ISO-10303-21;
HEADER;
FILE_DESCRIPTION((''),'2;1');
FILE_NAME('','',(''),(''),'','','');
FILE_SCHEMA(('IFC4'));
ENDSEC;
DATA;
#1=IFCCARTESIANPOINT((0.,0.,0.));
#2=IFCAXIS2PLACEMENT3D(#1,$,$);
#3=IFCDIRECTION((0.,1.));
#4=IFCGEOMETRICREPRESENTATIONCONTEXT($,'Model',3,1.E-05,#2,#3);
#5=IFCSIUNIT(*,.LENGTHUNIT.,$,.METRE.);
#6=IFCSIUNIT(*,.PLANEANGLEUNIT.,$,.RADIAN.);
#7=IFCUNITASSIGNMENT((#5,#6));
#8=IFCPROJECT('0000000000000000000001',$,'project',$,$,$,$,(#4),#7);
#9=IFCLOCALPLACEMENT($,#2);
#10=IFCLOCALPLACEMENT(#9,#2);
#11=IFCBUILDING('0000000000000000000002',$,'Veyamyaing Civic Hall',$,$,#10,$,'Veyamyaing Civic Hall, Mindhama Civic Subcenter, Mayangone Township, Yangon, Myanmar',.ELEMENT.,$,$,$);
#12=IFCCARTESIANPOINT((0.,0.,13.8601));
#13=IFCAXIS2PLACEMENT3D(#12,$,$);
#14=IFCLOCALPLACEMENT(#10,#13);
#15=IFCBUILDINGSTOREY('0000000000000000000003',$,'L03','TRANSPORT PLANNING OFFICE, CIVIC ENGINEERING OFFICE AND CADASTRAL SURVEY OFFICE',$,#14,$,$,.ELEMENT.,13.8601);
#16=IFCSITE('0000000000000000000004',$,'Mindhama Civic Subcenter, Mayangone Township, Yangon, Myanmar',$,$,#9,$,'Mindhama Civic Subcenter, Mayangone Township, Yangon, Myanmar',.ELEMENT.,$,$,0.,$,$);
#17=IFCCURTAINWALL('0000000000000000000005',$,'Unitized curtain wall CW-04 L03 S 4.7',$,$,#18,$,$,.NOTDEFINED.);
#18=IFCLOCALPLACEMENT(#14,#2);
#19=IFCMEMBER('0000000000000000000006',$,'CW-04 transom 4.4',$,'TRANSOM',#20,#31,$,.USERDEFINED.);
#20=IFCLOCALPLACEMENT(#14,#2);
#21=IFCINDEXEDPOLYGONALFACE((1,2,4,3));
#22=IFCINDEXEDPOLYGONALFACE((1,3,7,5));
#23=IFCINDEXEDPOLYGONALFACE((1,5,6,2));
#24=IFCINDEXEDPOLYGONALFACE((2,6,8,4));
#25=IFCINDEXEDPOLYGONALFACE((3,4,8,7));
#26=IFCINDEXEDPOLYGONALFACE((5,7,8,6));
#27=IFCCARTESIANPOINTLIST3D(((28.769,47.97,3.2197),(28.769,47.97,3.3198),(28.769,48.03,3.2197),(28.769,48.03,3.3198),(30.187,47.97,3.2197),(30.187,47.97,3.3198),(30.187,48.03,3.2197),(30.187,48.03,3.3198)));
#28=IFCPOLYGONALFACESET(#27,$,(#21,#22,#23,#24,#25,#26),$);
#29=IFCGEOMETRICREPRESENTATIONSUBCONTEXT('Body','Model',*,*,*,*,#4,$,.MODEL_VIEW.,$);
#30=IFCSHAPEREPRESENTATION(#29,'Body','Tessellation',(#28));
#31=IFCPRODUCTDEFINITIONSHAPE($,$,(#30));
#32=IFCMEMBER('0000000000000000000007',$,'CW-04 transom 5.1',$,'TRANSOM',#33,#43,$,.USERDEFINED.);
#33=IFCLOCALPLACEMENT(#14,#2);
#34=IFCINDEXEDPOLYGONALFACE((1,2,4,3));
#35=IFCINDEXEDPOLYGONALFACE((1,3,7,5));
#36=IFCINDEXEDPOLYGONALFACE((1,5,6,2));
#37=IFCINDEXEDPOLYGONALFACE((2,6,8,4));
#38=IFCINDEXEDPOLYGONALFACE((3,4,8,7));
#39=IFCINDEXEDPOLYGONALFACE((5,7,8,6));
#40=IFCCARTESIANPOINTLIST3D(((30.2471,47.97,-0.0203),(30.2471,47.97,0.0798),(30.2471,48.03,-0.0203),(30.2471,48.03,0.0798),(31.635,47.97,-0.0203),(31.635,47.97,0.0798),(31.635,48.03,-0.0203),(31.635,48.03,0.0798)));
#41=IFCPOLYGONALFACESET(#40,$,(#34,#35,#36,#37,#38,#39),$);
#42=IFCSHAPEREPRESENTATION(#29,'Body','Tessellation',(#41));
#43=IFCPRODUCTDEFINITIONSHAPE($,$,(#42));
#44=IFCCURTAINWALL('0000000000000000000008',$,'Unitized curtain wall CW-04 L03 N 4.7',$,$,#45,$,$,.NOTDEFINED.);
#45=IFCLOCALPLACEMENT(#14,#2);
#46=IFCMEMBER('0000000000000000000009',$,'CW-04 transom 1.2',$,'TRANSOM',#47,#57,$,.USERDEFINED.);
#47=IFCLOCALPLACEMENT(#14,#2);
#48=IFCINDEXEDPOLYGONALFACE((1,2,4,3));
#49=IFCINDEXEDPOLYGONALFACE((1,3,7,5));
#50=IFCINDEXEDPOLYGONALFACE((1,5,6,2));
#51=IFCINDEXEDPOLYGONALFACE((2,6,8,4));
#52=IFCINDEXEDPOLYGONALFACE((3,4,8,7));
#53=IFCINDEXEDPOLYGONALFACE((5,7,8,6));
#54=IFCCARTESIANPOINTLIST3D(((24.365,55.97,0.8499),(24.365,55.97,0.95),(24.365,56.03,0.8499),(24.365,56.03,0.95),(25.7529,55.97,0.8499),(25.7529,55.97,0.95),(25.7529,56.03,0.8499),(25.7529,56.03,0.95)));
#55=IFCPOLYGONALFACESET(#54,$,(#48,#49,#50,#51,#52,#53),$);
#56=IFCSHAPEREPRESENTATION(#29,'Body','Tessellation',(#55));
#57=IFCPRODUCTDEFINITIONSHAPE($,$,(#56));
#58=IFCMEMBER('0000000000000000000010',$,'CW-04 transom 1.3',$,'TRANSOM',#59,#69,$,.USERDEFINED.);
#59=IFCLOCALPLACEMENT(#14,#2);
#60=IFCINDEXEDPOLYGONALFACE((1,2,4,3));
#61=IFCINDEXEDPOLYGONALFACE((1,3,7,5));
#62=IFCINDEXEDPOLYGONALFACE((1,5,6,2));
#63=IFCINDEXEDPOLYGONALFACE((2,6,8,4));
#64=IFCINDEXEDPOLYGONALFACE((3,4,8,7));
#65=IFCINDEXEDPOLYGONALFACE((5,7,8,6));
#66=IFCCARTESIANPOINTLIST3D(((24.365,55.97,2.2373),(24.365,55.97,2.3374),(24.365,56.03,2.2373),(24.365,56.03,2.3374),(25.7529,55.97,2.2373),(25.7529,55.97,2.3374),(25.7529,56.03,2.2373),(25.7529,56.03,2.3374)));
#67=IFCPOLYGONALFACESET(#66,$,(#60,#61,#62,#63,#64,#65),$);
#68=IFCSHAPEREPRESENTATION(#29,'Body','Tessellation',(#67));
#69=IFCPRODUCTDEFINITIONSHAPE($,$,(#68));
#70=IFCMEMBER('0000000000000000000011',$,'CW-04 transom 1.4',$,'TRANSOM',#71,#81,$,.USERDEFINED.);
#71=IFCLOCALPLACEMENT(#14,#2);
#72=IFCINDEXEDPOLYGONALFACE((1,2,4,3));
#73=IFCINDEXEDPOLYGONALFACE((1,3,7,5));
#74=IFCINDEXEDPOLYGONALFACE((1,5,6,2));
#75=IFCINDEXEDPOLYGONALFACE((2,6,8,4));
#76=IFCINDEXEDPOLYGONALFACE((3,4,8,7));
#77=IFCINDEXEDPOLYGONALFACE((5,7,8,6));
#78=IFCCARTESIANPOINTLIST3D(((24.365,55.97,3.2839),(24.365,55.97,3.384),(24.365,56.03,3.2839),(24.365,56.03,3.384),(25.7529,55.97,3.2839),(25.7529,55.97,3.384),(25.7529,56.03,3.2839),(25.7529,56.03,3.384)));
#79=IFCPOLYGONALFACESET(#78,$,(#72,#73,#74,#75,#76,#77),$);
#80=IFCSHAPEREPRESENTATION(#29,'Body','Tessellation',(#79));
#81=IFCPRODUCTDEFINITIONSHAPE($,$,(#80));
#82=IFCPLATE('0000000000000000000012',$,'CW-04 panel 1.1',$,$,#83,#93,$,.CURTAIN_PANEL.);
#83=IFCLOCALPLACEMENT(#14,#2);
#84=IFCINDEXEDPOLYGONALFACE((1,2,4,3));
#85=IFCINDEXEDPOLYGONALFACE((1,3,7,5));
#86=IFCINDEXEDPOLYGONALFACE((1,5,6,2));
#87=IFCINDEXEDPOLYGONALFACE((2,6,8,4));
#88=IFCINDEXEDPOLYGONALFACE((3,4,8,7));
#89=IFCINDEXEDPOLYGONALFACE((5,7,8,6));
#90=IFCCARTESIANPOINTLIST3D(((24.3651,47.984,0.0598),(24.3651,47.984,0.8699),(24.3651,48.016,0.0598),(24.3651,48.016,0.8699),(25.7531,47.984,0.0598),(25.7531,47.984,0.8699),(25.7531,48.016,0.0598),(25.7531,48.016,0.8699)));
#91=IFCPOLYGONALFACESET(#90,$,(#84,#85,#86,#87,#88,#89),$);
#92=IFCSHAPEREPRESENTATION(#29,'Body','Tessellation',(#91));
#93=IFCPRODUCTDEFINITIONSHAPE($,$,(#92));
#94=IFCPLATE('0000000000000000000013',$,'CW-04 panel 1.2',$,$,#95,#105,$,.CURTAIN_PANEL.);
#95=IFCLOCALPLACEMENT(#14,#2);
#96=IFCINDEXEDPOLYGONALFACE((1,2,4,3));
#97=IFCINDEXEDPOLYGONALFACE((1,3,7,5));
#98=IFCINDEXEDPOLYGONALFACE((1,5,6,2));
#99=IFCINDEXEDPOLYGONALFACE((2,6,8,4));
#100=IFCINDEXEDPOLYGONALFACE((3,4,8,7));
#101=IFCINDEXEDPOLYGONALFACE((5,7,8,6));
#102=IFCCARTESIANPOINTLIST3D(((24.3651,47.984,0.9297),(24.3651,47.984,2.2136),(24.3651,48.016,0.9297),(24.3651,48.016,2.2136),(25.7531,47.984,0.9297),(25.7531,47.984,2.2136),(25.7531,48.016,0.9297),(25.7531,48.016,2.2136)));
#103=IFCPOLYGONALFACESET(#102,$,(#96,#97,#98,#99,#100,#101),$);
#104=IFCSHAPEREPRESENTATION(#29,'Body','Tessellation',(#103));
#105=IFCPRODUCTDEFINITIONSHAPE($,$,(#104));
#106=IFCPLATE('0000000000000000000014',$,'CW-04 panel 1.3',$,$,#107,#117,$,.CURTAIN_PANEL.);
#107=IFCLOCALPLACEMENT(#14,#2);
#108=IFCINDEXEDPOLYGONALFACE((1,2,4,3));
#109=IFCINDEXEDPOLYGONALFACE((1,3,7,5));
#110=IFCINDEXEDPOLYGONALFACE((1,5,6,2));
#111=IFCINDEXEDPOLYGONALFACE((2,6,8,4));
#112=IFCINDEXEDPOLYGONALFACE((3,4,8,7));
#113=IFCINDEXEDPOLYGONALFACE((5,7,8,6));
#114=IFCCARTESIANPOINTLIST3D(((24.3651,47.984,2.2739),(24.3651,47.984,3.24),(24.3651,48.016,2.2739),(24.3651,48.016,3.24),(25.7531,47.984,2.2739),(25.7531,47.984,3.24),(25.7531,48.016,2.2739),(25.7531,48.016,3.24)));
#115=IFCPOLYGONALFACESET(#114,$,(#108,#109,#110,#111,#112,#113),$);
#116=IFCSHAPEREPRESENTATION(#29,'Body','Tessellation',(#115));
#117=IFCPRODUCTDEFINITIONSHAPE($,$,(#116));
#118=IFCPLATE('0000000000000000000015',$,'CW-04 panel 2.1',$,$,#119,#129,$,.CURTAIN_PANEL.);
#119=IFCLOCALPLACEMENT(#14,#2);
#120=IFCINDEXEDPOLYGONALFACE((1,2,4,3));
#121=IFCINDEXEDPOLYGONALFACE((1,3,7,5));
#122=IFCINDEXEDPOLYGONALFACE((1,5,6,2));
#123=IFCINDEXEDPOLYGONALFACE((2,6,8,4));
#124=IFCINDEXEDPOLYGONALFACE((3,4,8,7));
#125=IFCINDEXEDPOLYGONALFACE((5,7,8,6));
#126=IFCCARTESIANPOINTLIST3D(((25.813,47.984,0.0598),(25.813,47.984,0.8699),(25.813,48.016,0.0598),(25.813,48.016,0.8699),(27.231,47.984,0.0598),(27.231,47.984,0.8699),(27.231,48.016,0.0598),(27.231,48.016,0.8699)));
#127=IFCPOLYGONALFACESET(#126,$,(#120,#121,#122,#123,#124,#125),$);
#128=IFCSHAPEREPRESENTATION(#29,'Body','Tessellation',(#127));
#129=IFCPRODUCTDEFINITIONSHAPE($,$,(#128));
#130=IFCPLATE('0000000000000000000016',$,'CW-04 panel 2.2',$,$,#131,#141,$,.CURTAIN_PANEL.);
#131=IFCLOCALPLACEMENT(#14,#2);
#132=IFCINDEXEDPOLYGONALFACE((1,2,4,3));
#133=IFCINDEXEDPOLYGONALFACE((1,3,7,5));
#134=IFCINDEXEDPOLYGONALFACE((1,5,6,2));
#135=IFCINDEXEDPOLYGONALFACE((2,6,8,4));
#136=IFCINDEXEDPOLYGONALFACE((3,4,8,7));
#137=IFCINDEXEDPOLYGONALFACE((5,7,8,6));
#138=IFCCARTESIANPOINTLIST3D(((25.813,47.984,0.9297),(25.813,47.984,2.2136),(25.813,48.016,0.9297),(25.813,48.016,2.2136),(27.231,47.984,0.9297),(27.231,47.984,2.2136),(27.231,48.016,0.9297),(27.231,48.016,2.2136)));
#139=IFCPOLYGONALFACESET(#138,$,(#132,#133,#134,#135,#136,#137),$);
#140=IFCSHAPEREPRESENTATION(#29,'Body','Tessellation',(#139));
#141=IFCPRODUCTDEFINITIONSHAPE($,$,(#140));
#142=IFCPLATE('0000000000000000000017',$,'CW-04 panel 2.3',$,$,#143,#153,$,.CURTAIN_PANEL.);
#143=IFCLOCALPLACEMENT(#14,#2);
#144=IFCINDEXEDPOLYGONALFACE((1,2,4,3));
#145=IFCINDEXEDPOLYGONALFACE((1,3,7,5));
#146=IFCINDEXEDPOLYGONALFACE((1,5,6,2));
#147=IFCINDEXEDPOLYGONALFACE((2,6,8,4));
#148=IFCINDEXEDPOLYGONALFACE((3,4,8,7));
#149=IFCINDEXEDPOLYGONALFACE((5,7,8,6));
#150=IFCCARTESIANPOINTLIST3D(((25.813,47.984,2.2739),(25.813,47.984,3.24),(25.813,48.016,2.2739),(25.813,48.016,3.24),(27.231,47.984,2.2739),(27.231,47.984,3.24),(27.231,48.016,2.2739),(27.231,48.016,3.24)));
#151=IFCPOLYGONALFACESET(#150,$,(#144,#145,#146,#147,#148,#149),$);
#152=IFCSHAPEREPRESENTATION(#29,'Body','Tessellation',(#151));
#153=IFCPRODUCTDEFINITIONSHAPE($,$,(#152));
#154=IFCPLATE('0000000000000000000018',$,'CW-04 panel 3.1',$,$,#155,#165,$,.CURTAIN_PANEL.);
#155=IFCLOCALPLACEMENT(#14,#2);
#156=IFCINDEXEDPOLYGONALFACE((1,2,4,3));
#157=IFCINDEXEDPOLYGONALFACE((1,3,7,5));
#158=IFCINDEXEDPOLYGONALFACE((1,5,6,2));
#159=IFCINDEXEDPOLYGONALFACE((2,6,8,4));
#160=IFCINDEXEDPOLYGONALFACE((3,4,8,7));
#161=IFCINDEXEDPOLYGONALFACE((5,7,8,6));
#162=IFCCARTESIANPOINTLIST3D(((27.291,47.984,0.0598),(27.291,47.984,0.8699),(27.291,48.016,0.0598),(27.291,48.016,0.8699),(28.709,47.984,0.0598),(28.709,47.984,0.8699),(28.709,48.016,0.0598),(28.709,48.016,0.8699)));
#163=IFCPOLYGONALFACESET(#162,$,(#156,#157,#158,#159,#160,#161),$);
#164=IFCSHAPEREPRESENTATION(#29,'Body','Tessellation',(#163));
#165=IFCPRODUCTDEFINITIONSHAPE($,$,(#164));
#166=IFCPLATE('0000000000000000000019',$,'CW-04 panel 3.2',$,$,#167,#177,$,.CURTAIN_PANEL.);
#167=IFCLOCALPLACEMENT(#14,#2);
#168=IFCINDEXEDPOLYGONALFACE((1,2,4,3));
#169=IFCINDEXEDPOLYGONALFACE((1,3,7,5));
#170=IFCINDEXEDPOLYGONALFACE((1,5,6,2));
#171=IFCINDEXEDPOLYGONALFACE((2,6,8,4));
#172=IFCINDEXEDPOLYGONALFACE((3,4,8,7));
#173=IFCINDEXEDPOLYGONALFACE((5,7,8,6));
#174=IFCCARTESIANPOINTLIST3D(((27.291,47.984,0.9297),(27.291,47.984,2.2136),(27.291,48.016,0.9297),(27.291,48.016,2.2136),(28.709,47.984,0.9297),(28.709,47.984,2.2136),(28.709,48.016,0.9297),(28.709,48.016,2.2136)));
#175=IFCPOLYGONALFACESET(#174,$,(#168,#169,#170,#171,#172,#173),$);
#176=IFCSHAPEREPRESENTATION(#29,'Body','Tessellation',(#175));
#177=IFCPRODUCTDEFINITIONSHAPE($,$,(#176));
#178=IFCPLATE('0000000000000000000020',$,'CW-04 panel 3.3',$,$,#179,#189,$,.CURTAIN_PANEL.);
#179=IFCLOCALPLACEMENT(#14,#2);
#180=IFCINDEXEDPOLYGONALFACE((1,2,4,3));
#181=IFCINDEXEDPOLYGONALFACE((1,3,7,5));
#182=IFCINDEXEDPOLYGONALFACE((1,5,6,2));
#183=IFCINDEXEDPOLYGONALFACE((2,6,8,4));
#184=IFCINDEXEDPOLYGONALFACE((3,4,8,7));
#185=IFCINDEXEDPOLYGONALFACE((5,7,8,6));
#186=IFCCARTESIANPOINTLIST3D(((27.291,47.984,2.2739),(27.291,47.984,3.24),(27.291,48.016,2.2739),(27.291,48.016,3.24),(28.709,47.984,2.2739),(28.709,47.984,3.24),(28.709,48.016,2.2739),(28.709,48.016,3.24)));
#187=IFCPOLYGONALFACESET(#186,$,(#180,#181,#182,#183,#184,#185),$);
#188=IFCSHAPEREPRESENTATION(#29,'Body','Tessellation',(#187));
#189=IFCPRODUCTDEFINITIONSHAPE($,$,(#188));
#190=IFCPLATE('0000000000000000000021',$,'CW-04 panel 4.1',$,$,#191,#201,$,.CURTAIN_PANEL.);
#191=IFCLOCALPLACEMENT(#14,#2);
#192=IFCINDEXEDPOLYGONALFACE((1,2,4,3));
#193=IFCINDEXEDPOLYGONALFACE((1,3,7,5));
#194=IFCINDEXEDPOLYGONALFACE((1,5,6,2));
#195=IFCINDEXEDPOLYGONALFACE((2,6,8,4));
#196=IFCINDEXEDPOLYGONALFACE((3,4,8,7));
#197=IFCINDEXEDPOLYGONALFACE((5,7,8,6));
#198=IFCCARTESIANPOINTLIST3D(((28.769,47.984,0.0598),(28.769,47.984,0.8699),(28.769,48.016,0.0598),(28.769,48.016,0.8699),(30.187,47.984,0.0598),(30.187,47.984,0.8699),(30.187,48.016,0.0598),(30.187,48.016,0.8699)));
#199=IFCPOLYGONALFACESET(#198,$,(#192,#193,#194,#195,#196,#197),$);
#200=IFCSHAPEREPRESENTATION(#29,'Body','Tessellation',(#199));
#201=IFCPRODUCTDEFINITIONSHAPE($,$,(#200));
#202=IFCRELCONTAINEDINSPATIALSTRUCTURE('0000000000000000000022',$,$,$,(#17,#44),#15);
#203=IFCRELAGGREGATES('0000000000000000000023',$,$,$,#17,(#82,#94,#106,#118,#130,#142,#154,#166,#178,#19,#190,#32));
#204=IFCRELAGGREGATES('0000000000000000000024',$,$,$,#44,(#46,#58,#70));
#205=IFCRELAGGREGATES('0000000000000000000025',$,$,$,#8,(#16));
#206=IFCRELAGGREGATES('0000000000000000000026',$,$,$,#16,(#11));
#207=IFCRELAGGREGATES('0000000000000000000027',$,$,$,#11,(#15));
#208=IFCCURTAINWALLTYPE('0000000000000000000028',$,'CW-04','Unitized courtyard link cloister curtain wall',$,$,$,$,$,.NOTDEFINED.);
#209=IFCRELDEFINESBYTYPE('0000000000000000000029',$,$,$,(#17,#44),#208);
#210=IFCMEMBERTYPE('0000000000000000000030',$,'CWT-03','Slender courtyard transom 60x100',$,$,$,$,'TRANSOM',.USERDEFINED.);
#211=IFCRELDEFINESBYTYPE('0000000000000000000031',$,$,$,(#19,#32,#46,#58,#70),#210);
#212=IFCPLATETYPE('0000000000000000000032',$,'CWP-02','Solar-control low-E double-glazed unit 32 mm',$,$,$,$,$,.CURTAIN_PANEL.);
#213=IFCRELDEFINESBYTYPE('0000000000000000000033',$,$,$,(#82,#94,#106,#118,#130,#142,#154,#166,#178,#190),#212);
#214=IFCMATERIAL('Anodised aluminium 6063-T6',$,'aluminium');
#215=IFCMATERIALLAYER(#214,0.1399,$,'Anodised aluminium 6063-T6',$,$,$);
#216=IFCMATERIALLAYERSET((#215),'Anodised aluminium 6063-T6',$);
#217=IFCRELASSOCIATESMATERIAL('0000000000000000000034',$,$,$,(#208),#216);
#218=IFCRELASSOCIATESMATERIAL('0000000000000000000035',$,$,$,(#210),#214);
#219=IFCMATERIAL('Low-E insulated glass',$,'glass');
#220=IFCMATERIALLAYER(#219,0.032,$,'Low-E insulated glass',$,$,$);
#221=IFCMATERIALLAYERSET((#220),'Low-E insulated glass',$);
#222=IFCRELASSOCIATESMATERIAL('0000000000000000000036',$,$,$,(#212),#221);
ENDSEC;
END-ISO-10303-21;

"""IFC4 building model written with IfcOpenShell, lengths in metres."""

from ifc_helpers import new_model, si_unit, direction, frame, origin, origin_2d, place, context, subcontext, project, spatial, rectangle, extrude, material, layer, layer_set, material_profile, profile_set, type_object, element, aggregate, save


model = new_model("IFC4")

# Units and contexts
model_context = context("Model", 3, precision=1e-05, world=origin(), true_north=direction((0.0, 1.0)))
body_context = subcontext(model_context, "Body", "Model", "MODEL_VIEW")
ifc_project = project(units=[si_unit("LENGTHUNIT", "METRE"), si_unit("PLANEANGLEUNIT", "RADIAN")], contexts=[model_context])

# Site, building, storey
site_placement = place(None, origin())
site = spatial("IfcSite", under=ifc_project, at=site_placement, Name="Mindhama Civic Subcenter, Mayangone Township, Yangon, Myanmar", LongName="Mindhama Civic Subcenter, Mayangone Township, Yangon, Myanmar", CompositionType="ELEMENT", RefElevation=0.0)
building_placement = place(site_placement, origin())
building = spatial("IfcBuilding", under=site, at=building_placement, Name="Veyamyaing Civic Hall", LongName="Veyamyaing Civic Hall, Mindhama Civic Subcenter, Mayangone Township, Yangon, Myanmar", CompositionType="ELEMENT")
storey_placement = place(building_placement, frame((0.0, 0.0, 13.8601)))
storey = spatial("IfcBuildingStorey", under=building, at=storey_placement, Name="L03", Description="TRANSPORT PLANNING OFFICE, CIVIC ENGINEERING OFFICE AND CADASTRAL SURVEY OFFICE", CompositionType="ELEMENT", Elevation=13.8601)

# Curtain walls, members
ifc_material_1 = material(Name="Anodised aluminium 6063-T6", Category="aluminium")
ifc_layer_1 = layer(ifc_material_1, 0.1399, Name="Anodised aluminium 6063-T6")
ifc_layer_set_1 = layer_set([ifc_layer_1], Name="Anodised aluminium 6063-T6")
curtain_wall_type = type_object("IfcCurtainWallType", Name="CW-04", Description="Unitized courtyard link cloister curtain wall", PredefinedType="NOTDEFINED", material=ifc_layer_set_1)
curtain_wall_1_placement = place(storey_placement, origin())
curtain_wall_1 = element("IfcCurtainWall", 1, at=curtain_wall_1_placement, inside=storey, type_object=curtain_wall_type, Name="Unitized curtain wall CW-04 L03 S 4.7", PredefinedType="NOTDEFINED")
ifc_material_profile_1 = material_profile(ifc_material_1, rectangle(XDim=0.0601, YDim=0.1001, at=origin_2d()), Name="ALU-TRN-60X100")
ifc_profile_set_1 = profile_set([ifc_material_profile_1], Name="Anodised aluminium 6063-T6")
member_type_1 = type_object("IfcMemberType", Name="CWT-03", Description="Slender courtyard transom 60x100", ElementType="TRANSOM", PredefinedType="USERDEFINED", material=ifc_profile_set_1)
member_1_placement = place(storey_placement, frame((28.769, 48.0, 3.2698), z_axis=(1.0, 0.0, 0.0), x_axis=(0.0, 1.0, 0.0)))
member_1 = element("IfcMember", 2, at=member_1_placement, type_object=member_type_1, Name="CW-04 transom 4.4", ObjectType="TRANSOM", PredefinedType="USERDEFINED", context=body_context, shape_type="SweptSolid", body=[
    extrude(rectangle(XDim=0.0601, YDim=0.1001, at=origin_2d()), origin(), (0.0, 0.0, 1.0), 1.418),
])
member_2_placement = place(storey_placement, frame((30.2471, 48.0, 0.0298), z_axis=(1.0, 0.0, 0.0), x_axis=(0.0, 1.0, 0.0)))
member_2 = element("IfcMember", 3, at=member_2_placement, type_object=member_type_1, Name="CW-04 transom 5.1", ObjectType="TRANSOM", PredefinedType="USERDEFINED", context=body_context, shape_type="SweptSolid", body=[
    extrude(rectangle(XDim=0.0601, YDim=0.1001, at=origin_2d()), origin(), (0.0, 0.0, 1.0), 1.3879),
])
curtain_wall_2_placement = place(storey_placement, origin())
curtain_wall_2 = element("IfcCurtainWall", 4, at=curtain_wall_2_placement, inside=storey, type_object=curtain_wall_type, Name="Unitized curtain wall CW-04 L03 N 4.7", PredefinedType="NOTDEFINED")
member_3_placement = place(storey_placement, frame((24.365, 56.0, 0.8999), z_axis=(1.0, 0.0, 0.0), x_axis=(0.0, 1.0, 0.0)))
member_3 = element("IfcMember", 5, at=member_3_placement, type_object=member_type_1, Name="CW-04 transom 1.2", ObjectType="TRANSOM", PredefinedType="USERDEFINED", context=body_context, shape_type="SweptSolid", body=[
    extrude(rectangle(XDim=0.0601, YDim=0.1001, at=origin_2d()), origin(), (0.0, 0.0, 1.0), 1.3879),
])
member_4_placement = place(storey_placement, frame((24.365, 56.0, 2.2874), z_axis=(1.0, 0.0, 0.0), x_axis=(0.0, 1.0, 0.0)))
member_4 = element("IfcMember", 6, at=member_4_placement, type_object=member_type_1, Name="CW-04 transom 1.3", ObjectType="TRANSOM", PredefinedType="USERDEFINED", context=body_context, shape_type="SweptSolid", body=[
    extrude(rectangle(XDim=0.0601, YDim=0.1001, at=origin_2d()), origin(), (0.0, 0.0, 1.0), 1.3879),
])
member_5_placement = place(storey_placement, frame((24.365, 56.0, 3.334), z_axis=(1.0, 0.0, 0.0), x_axis=(0.0, 1.0, 0.0)))
member_5 = element("IfcMember", 7, at=member_5_placement, type_object=member_type_1, Name="CW-04 transom 1.4", ObjectType="TRANSOM", PredefinedType="USERDEFINED", context=body_context, shape_type="SweptSolid", body=[
    extrude(rectangle(XDim=0.0601, YDim=0.1001, at=origin_2d()), origin(), (0.0, 0.0, 1.0), 1.3879),
])

# Plates
ifc_material_2 = material(Name="Low-E insulated glass", Category="glass")
ifc_layer_2 = layer(ifc_material_2, 0.032, Name="Low-E insulated glass")
ifc_layer_set_2 = layer_set([ifc_layer_2], Name="Low-E insulated glass")
plate_type = type_object("IfcPlateType", Name="CWP-02", Description="Solar-control low-E double-glazed unit 32 mm", PredefinedType="CURTAIN_PANEL", material=ifc_layer_set_2)
plate_1_placement = place(storey_placement, frame((25.0591, 48.0, 0.0598), z_axis=(0.0, 0.0, 1.0), x_axis=(1.0, 0.0, 0.0)))
plate_1 = element("IfcPlate", 8, at=plate_1_placement, type_object=plate_type, Name="CW-04 panel 1.1", PredefinedType="CURTAIN_PANEL", context=body_context, shape_type="SweptSolid", body=[
    extrude(rectangle(XDim=1.3879, YDim=0.032, at=origin_2d()), origin(), (0.0, 0.0, 1.0), 0.8101),
])
plate_2_placement = place(storey_placement, frame((25.0591, 48.0, 0.9297), z_axis=(0.0, 0.0, 1.0), x_axis=(1.0, 0.0, 0.0)))
plate_2 = element("IfcPlate", 9, at=plate_2_placement, type_object=plate_type, Name="CW-04 panel 1.2", PredefinedType="CURTAIN_PANEL", context=body_context, shape_type="SweptSolid", body=[
    extrude(rectangle(XDim=1.3879, YDim=0.032, at=origin_2d()), origin(), (0.0, 0.0, 1.0), 1.2839),
])
plate_3_placement = place(storey_placement, frame((25.0591, 48.0, 2.2739), z_axis=(0.0, 0.0, 1.0), x_axis=(1.0, 0.0, 0.0)))
plate_3 = element("IfcPlate", 10, at=plate_3_placement, type_object=plate_type, Name="CW-04 panel 1.3", PredefinedType="CURTAIN_PANEL", context=body_context, shape_type="SweptSolid", body=[
    extrude(rectangle(XDim=1.3879, YDim=0.032, at=origin_2d()), origin(), (0.0, 0.0, 1.0), 0.9661),
])
plate_4_placement = place(storey_placement, frame((26.522, 48.0, 0.0598), z_axis=(0.0, 0.0, 1.0), x_axis=(1.0, 0.0, 0.0)))
plate_4 = element("IfcPlate", 11, at=plate_4_placement, type_object=plate_type, Name="CW-04 panel 2.1", PredefinedType="CURTAIN_PANEL", context=body_context, shape_type="SweptSolid", body=[
    extrude(rectangle(XDim=1.418, YDim=0.032, at=origin_2d()), origin(), (0.0, 0.0, 1.0), 0.8101),
])
plate_5_placement = place(storey_placement, frame((26.522, 48.0, 0.9297), z_axis=(0.0, 0.0, 1.0), x_axis=(1.0, 0.0, 0.0)))
plate_5 = element("IfcPlate", 12, at=plate_5_placement, type_object=plate_type, Name="CW-04 panel 2.2", PredefinedType="CURTAIN_PANEL", context=body_context, shape_type="SweptSolid", body=[
    extrude(rectangle(XDim=1.418, YDim=0.032, at=origin_2d()), origin(), (0.0, 0.0, 1.0), 1.2839),
])
plate_6_placement = place(storey_placement, frame((26.522, 48.0, 2.2739), z_axis=(0.0, 0.0, 1.0), x_axis=(1.0, 0.0, 0.0)))
plate_6 = element("IfcPlate", 13, at=plate_6_placement, type_object=plate_type, Name="CW-04 panel 2.3", PredefinedType="CURTAIN_PANEL", context=body_context, shape_type="SweptSolid", body=[
    extrude(rectangle(XDim=1.418, YDim=0.032, at=origin_2d()), origin(), (0.0, 0.0, 1.0), 0.9661),
])
plate_7_placement = place(storey_placement, frame((28.0, 48.0, 0.0598), z_axis=(0.0, 0.0, 1.0), x_axis=(1.0, 0.0, 0.0)))
plate_7 = element("IfcPlate", 14, at=plate_7_placement, type_object=plate_type, Name="CW-04 panel 3.1", PredefinedType="CURTAIN_PANEL", context=body_context, shape_type="SweptSolid", body=[
    extrude(rectangle(XDim=1.418, YDim=0.032, at=origin_2d()), origin(), (0.0, 0.0, 1.0), 0.8101),
])
plate_8_placement = place(storey_placement, frame((28.0, 48.0, 0.9297), z_axis=(0.0, 0.0, 1.0), x_axis=(1.0, 0.0, 0.0)))
plate_8 = element("IfcPlate", 15, at=plate_8_placement, type_object=plate_type, Name="CW-04 panel 3.2", PredefinedType="CURTAIN_PANEL", context=body_context, shape_type="SweptSolid", body=[
    extrude(rectangle(XDim=1.418, YDim=0.032, at=origin_2d()), origin(), (0.0, 0.0, 1.0), 1.2839),
])
plate_9_placement = place(storey_placement, frame((28.0, 48.0, 2.2739), z_axis=(0.0, 0.0, 1.0), x_axis=(1.0, 0.0, 0.0)))
plate_9 = element("IfcPlate", 16, at=plate_9_placement, type_object=plate_type, Name="CW-04 panel 3.3", PredefinedType="CURTAIN_PANEL", context=body_context, shape_type="SweptSolid", body=[
    extrude(rectangle(XDim=1.418, YDim=0.032, at=origin_2d()), origin(), (0.0, 0.0, 1.0), 0.9661),
])
plate_10_placement = place(storey_placement, frame((29.478, 48.0, 0.0598), z_axis=(0.0, 0.0, 1.0), x_axis=(1.0, 0.0, 0.0)))
plate_10 = element("IfcPlate", 17, at=plate_10_placement, type_object=plate_type, Name="CW-04 panel 4.1", PredefinedType="CURTAIN_PANEL", context=body_context, shape_type="SweptSolid", body=[
    extrude(rectangle(XDim=1.418, YDim=0.032, at=origin_2d()), origin(), (0.0, 0.0, 1.0), 0.8101),
])
aggregate(curtain_wall_1, [plate_1, plate_2, plate_3, plate_4, plate_5, plate_6, plate_7, plate_8, plate_9, member_1, plate_10, member_2])
aggregate(curtain_wall_2, [member_3, member_4, member_5])

save(model, "model.ifc")
